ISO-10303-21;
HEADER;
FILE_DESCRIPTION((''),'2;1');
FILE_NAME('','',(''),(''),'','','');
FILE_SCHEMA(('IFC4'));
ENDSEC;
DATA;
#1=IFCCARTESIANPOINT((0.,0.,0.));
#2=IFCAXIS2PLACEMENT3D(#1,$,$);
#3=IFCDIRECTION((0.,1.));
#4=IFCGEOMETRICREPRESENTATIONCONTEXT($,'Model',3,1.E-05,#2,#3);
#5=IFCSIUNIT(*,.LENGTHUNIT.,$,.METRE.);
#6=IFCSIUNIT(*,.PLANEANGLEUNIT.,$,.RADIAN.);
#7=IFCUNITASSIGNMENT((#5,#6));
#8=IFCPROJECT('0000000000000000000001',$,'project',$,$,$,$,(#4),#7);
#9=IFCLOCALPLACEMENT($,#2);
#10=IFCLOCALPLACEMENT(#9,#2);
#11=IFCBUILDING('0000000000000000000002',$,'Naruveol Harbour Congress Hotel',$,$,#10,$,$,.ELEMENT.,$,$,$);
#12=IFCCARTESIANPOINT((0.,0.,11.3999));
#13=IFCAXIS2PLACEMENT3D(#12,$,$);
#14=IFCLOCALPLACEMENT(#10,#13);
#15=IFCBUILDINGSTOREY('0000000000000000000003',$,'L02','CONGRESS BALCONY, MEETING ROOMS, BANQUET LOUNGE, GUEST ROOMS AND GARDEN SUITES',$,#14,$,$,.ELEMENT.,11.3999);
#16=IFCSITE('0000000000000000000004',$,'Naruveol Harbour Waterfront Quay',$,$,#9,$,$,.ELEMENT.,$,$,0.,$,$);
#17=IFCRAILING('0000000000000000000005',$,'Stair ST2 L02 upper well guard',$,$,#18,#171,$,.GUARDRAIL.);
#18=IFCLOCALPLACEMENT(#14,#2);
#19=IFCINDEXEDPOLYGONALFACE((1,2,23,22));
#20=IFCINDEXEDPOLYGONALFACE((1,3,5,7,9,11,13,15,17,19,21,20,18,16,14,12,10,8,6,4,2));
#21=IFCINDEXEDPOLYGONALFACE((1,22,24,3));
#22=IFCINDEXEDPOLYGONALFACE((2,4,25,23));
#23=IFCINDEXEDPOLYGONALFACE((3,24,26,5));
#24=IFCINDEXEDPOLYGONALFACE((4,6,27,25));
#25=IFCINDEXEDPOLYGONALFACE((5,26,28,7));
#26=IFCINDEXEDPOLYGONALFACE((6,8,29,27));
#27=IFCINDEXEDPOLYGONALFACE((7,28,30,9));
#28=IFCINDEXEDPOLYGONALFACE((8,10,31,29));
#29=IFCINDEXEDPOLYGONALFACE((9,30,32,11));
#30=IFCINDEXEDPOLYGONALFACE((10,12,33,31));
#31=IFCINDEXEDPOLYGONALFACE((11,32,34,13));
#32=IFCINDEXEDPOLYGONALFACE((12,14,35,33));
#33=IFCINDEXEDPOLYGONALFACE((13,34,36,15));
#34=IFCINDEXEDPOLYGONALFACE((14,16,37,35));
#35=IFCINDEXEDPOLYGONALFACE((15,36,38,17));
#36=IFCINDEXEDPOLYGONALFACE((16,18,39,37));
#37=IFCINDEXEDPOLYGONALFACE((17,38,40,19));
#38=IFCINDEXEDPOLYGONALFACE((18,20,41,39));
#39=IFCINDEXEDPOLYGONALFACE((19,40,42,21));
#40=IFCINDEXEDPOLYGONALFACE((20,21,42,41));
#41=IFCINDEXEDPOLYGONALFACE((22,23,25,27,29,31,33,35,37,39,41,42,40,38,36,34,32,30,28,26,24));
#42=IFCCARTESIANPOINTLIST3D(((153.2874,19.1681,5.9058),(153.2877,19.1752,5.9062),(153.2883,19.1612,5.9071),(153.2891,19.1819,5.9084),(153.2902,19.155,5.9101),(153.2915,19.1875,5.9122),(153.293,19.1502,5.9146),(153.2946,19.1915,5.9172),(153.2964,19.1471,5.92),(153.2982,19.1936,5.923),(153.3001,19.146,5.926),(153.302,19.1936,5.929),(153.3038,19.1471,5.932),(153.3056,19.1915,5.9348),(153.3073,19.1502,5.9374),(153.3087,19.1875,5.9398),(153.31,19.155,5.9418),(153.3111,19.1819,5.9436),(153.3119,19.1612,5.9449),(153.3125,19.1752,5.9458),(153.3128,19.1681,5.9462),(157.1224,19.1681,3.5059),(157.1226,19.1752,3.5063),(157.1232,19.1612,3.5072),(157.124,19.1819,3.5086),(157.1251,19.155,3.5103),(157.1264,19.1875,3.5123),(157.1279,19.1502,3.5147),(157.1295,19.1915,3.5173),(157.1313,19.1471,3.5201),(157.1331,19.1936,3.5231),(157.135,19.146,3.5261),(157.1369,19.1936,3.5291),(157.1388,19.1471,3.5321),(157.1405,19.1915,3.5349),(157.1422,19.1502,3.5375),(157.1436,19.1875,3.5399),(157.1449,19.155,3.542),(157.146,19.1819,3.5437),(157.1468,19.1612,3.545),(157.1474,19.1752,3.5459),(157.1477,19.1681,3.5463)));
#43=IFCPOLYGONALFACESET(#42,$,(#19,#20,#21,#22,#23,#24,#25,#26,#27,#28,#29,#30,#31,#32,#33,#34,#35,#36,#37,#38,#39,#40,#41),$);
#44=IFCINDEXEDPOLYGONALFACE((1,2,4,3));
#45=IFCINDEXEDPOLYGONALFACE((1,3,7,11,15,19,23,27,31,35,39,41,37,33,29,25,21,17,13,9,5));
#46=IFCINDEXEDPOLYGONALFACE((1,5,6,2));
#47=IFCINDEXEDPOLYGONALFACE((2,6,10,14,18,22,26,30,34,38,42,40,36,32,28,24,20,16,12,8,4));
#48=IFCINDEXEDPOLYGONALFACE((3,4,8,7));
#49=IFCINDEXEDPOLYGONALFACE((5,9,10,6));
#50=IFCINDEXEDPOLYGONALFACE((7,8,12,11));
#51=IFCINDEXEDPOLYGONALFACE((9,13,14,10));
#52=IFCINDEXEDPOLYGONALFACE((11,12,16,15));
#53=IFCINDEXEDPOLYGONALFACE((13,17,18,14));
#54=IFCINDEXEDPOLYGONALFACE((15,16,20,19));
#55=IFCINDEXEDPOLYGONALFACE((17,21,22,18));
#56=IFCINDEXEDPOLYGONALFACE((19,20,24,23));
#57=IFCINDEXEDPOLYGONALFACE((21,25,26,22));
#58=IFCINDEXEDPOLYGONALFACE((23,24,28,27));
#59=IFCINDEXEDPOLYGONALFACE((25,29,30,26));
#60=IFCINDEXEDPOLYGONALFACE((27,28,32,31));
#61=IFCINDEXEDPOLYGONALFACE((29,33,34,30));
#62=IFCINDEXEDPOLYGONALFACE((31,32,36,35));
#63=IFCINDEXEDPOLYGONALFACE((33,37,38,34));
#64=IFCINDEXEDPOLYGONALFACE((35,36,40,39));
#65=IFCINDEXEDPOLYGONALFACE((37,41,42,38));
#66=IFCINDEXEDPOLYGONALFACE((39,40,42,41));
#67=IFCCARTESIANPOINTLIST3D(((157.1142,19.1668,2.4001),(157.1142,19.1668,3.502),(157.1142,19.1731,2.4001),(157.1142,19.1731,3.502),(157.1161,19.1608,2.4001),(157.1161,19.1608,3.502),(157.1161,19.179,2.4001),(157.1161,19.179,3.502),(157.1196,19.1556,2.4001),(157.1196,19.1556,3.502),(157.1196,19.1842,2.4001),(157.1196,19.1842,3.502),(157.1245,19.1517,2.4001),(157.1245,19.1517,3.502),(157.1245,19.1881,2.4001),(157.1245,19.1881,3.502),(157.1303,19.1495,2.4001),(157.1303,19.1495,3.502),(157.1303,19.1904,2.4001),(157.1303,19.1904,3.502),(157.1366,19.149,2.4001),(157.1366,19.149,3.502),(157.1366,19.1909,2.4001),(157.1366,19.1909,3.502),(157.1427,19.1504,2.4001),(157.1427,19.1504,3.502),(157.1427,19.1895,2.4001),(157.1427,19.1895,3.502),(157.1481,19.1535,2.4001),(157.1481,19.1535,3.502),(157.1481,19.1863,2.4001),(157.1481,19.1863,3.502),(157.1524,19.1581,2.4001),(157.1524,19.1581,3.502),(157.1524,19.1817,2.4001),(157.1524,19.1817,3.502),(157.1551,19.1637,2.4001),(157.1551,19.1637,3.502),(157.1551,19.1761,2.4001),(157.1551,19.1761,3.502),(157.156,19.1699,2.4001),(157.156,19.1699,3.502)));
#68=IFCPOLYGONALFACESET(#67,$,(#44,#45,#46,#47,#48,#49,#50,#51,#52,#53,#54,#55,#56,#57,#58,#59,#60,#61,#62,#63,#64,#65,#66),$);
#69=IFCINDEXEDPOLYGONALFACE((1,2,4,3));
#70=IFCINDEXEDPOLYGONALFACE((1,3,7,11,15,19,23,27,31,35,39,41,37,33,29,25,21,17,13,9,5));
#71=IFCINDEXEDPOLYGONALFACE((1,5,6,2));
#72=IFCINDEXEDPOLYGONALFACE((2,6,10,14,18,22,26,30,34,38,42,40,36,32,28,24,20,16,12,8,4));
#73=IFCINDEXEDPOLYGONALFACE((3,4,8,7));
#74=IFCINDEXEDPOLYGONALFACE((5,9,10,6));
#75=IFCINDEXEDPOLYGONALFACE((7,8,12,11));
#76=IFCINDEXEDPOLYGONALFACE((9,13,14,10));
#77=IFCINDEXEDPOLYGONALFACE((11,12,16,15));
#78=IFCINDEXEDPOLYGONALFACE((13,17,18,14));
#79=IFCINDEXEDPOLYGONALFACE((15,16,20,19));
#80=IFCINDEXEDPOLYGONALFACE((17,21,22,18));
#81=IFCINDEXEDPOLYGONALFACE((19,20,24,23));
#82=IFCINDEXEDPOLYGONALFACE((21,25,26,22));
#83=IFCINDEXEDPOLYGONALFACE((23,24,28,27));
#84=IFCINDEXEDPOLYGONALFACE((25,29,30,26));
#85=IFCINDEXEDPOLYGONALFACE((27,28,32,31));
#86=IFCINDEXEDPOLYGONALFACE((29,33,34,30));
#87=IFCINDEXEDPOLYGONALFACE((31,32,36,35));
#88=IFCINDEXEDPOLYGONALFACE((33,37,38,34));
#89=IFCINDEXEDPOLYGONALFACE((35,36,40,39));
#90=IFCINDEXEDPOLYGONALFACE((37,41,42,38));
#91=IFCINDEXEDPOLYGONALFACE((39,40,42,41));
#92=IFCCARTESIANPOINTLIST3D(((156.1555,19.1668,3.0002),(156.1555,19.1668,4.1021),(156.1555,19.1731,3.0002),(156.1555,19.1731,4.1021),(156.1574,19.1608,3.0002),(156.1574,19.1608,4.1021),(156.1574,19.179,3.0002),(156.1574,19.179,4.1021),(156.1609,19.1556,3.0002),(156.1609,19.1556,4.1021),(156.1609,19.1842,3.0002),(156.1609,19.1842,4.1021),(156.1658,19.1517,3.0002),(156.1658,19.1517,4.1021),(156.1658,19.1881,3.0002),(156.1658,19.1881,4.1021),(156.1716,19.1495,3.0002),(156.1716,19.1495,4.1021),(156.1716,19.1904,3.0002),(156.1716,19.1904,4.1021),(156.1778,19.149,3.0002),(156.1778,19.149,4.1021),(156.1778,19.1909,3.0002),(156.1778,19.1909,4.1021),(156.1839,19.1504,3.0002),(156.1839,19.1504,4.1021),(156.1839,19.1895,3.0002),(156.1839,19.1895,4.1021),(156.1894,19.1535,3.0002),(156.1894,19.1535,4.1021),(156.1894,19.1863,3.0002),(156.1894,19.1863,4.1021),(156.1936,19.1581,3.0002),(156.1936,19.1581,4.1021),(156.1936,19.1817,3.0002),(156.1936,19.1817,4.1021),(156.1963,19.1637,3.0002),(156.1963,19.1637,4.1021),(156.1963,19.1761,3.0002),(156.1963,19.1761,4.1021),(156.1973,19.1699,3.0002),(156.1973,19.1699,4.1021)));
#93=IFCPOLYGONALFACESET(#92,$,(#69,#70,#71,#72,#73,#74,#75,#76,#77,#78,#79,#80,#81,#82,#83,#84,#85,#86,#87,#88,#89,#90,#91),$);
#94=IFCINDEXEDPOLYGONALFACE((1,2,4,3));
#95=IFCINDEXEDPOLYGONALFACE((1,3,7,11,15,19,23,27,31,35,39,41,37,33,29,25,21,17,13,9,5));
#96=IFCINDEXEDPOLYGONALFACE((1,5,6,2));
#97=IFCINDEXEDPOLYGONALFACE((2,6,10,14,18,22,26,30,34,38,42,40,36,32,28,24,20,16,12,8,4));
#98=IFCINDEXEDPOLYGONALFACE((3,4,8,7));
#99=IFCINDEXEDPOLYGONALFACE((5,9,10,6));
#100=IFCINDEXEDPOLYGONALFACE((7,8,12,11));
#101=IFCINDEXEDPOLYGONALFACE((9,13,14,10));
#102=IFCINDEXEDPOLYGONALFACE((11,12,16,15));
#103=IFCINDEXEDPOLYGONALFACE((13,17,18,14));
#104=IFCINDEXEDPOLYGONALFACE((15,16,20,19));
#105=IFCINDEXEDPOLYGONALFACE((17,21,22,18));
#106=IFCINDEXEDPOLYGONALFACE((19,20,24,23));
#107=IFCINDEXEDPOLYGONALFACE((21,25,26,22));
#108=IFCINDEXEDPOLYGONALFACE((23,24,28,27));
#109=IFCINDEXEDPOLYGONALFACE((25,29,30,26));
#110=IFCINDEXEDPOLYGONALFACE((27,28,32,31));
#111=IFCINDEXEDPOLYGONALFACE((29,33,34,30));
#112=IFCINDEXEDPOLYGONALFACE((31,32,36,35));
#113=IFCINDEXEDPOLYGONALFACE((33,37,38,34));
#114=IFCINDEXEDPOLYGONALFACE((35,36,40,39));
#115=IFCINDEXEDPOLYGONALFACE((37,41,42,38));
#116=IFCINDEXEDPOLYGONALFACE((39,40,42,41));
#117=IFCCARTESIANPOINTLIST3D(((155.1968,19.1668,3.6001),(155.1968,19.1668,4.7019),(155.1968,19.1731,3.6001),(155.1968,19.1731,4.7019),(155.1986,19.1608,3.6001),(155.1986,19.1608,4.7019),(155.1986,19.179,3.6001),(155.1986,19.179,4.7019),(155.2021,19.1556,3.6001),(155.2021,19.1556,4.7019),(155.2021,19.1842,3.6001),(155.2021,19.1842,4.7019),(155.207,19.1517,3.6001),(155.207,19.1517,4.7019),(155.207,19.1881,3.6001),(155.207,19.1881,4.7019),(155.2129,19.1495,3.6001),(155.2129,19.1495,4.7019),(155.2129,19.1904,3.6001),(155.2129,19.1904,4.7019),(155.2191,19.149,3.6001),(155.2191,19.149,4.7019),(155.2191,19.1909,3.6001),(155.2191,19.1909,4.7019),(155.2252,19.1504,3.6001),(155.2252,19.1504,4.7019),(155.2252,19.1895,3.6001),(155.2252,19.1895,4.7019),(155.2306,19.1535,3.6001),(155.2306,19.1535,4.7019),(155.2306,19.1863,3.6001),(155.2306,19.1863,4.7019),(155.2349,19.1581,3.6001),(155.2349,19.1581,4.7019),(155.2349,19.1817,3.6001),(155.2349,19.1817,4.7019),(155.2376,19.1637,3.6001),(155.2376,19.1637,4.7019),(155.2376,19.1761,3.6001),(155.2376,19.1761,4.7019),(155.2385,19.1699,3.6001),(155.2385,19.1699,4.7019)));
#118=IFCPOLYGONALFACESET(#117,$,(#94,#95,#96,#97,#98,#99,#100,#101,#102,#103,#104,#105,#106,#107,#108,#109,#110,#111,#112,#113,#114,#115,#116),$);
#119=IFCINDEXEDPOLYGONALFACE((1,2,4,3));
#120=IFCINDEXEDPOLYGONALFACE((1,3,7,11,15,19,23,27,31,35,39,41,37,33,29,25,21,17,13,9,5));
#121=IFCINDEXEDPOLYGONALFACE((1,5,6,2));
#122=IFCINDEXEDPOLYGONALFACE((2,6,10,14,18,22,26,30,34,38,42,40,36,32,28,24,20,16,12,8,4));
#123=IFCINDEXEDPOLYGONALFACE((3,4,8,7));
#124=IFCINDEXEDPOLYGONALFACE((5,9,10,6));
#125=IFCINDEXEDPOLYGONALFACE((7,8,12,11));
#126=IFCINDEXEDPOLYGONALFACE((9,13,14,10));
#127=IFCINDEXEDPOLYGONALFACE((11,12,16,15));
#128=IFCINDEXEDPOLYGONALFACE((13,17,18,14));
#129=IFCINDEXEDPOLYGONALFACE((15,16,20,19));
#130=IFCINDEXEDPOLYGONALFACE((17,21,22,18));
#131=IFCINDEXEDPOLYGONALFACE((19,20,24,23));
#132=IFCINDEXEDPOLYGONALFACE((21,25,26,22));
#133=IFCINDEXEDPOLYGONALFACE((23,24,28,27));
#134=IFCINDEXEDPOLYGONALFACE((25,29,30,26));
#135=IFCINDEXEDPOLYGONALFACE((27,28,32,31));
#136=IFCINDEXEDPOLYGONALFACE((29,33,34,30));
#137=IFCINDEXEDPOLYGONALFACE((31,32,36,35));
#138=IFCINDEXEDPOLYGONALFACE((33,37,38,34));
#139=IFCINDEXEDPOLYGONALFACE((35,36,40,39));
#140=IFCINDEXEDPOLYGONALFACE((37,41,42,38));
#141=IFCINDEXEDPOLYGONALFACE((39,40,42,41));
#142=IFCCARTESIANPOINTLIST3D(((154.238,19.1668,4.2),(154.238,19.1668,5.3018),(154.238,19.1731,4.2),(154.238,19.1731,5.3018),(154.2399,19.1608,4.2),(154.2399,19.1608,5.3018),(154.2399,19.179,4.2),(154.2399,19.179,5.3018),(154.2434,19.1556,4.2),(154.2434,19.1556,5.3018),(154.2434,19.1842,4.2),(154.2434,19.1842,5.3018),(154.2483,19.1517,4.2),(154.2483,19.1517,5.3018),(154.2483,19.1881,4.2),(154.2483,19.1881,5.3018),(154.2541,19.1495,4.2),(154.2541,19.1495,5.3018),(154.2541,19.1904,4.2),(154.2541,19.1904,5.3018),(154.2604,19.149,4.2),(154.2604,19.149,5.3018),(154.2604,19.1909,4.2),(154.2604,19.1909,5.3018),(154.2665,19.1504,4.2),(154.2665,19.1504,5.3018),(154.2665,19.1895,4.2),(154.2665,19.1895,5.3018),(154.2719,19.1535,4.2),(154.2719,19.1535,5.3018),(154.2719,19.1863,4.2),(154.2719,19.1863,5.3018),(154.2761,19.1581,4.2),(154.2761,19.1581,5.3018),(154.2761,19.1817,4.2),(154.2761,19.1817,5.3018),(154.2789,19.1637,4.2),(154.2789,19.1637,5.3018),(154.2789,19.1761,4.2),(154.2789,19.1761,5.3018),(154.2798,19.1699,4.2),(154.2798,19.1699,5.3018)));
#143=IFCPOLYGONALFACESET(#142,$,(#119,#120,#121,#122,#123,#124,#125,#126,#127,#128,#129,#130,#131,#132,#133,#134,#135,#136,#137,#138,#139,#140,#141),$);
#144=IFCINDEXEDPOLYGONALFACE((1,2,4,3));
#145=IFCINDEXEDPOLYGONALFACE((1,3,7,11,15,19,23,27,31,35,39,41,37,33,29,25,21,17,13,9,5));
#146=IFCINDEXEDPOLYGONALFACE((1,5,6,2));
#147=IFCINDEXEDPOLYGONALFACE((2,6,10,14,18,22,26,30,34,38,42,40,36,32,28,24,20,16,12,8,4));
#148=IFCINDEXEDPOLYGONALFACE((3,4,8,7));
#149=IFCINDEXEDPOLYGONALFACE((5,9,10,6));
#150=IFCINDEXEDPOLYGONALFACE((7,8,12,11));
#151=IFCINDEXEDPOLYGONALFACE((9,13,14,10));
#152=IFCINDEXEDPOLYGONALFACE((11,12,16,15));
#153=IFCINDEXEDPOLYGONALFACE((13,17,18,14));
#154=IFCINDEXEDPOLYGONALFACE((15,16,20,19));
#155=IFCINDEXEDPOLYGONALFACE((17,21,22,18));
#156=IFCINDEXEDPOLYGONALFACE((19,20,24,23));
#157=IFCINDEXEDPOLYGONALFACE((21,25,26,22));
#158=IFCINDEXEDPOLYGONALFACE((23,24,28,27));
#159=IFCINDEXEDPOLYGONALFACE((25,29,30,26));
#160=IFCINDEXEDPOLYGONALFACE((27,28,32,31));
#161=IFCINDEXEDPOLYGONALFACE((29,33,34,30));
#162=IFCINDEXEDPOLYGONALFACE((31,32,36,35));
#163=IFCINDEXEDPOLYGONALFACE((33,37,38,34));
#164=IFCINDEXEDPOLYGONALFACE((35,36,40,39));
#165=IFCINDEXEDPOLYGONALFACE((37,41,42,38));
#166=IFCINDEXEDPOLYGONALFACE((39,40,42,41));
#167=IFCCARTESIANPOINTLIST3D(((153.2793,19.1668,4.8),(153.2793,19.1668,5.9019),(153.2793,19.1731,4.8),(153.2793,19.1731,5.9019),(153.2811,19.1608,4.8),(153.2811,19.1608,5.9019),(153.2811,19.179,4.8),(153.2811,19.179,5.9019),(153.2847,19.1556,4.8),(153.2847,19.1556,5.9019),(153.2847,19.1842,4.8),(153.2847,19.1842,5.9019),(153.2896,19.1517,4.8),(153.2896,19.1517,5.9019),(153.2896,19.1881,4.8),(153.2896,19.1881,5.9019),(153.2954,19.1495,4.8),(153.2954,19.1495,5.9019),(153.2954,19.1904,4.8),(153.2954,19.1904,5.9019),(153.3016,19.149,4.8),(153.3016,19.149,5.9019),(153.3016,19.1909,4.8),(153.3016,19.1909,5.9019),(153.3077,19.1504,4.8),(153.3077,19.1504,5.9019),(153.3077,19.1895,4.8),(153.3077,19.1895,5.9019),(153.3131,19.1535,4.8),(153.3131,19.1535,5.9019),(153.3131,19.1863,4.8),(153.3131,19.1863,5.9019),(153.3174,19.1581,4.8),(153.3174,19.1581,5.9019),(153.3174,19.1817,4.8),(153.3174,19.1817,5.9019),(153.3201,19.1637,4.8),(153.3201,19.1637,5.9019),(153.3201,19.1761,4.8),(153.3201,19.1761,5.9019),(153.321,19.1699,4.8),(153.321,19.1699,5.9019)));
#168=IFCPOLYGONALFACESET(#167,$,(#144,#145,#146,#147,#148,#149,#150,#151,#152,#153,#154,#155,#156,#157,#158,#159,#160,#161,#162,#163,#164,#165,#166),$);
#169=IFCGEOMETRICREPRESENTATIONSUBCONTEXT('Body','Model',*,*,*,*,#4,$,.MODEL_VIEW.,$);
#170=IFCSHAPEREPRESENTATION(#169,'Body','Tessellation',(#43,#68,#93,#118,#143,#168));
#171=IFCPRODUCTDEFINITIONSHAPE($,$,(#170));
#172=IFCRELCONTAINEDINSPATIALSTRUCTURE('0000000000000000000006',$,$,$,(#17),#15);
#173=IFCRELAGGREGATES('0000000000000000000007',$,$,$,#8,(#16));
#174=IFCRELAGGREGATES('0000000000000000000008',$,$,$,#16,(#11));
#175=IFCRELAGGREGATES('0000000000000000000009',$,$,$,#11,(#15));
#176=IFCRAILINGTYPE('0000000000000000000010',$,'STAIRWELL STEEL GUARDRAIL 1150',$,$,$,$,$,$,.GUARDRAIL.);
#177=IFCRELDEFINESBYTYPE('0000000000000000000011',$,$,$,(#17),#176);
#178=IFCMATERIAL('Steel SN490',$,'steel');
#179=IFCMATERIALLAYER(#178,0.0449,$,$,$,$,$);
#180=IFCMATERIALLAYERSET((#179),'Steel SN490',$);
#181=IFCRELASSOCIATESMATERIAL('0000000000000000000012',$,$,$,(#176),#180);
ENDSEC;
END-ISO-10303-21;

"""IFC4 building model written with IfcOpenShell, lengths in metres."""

from ifc_helpers import new_model, si_unit, direction, frame, origin, origin_2d, place, context, subcontext, project, spatial, circle, extrude, material, layer, layer_set, type_object, element, save


model = new_model("IFC4")

# Units and contexts
model_context = context("Model", 3, precision=1e-05, world=origin(), true_north=direction((0.0, 1.0)))
body_context = subcontext(model_context, "Body", "Model", "MODEL_VIEW")
ifc_project = project(units=[si_unit("LENGTHUNIT", "METRE"), si_unit("PLANEANGLEUNIT", "RADIAN")], contexts=[model_context])

# Site, building, storey
site_placement = place(None, origin())
site = spatial("IfcSite", under=ifc_project, at=site_placement, Name="Naruveol Harbour Waterfront Quay", CompositionType="ELEMENT", RefElevation=0.0)
building_placement = place(site_placement, origin())
building = spatial("IfcBuilding", under=site, at=building_placement, Name="Naruveol Harbour Congress Hotel", CompositionType="ELEMENT")
storey_placement = place(building_placement, frame((0.0, 0.0, 11.3999)))
storey = spatial("IfcBuildingStorey", under=building, at=storey_placement, Name="L02", Description="CONGRESS BALCONY, MEETING ROOMS, BANQUET LOUNGE, GUEST ROOMS AND GARDEN SUITES", CompositionType="ELEMENT", Elevation=11.3999)

# Railing
ifc_material_1 = material(Name="Steel SN490", Category="steel")
ifc_layer_1 = layer(ifc_material_1, 0.0449)
ifc_layer_set_1 = layer_set([ifc_layer_1], Name="Steel SN490")
railing_type_1 = type_object("IfcRailingType", Name="STAIRWELL STEEL GUARDRAIL 1150", PredefinedType="GUARDRAIL", material=ifc_layer_set_1)
railing_1_placement = place(storey_placement, frame((157.135, 19.1699, 2.4001)))
element("IfcRailing", 1, at=railing_1_placement, inside=storey, type_object=railing_type_1, Name="Stair ST2 L02 upper well guard", PredefinedType="GUARDRAIL", context=body_context, shape_type="SweptSolid", body=[
    extrude(circle(Radius=0.0239, at=origin_2d()), frame((0.0, 0.0, 1.126), z_axis=(-0.847695, 0.0, 0.530484), x_axis=(0.0, -1.0, 0.0)), (0.0, 0.0, 1.0), 4.5239),
    extrude(circle(Radius=0.021, at=origin_2d()), origin(), (0.0, 0.0, 1.0), 1.1018),
    extrude(circle(Radius=0.021, at=origin_2d()), frame((-0.9587, 0.0, 0.6001)), (0.0, 0.0, 1.0), 1.1018),
    extrude(circle(Radius=0.021, at=origin_2d()), frame((-1.9175, 0.0, 1.2)), (0.0, 0.0, 1.0), 1.1018),
    extrude(circle(Radius=0.021, at=origin_2d()), frame((-2.8762, 0.0, 1.7998)), (0.0, 0.0, 1.0), 1.1018),
    extrude(circle(Radius=0.021, at=origin_2d()), frame((-3.835, 0.0, 2.3999)), (0.0, 0.0, 1.0), 1.1018),
])

save(model, "model.ifc")
